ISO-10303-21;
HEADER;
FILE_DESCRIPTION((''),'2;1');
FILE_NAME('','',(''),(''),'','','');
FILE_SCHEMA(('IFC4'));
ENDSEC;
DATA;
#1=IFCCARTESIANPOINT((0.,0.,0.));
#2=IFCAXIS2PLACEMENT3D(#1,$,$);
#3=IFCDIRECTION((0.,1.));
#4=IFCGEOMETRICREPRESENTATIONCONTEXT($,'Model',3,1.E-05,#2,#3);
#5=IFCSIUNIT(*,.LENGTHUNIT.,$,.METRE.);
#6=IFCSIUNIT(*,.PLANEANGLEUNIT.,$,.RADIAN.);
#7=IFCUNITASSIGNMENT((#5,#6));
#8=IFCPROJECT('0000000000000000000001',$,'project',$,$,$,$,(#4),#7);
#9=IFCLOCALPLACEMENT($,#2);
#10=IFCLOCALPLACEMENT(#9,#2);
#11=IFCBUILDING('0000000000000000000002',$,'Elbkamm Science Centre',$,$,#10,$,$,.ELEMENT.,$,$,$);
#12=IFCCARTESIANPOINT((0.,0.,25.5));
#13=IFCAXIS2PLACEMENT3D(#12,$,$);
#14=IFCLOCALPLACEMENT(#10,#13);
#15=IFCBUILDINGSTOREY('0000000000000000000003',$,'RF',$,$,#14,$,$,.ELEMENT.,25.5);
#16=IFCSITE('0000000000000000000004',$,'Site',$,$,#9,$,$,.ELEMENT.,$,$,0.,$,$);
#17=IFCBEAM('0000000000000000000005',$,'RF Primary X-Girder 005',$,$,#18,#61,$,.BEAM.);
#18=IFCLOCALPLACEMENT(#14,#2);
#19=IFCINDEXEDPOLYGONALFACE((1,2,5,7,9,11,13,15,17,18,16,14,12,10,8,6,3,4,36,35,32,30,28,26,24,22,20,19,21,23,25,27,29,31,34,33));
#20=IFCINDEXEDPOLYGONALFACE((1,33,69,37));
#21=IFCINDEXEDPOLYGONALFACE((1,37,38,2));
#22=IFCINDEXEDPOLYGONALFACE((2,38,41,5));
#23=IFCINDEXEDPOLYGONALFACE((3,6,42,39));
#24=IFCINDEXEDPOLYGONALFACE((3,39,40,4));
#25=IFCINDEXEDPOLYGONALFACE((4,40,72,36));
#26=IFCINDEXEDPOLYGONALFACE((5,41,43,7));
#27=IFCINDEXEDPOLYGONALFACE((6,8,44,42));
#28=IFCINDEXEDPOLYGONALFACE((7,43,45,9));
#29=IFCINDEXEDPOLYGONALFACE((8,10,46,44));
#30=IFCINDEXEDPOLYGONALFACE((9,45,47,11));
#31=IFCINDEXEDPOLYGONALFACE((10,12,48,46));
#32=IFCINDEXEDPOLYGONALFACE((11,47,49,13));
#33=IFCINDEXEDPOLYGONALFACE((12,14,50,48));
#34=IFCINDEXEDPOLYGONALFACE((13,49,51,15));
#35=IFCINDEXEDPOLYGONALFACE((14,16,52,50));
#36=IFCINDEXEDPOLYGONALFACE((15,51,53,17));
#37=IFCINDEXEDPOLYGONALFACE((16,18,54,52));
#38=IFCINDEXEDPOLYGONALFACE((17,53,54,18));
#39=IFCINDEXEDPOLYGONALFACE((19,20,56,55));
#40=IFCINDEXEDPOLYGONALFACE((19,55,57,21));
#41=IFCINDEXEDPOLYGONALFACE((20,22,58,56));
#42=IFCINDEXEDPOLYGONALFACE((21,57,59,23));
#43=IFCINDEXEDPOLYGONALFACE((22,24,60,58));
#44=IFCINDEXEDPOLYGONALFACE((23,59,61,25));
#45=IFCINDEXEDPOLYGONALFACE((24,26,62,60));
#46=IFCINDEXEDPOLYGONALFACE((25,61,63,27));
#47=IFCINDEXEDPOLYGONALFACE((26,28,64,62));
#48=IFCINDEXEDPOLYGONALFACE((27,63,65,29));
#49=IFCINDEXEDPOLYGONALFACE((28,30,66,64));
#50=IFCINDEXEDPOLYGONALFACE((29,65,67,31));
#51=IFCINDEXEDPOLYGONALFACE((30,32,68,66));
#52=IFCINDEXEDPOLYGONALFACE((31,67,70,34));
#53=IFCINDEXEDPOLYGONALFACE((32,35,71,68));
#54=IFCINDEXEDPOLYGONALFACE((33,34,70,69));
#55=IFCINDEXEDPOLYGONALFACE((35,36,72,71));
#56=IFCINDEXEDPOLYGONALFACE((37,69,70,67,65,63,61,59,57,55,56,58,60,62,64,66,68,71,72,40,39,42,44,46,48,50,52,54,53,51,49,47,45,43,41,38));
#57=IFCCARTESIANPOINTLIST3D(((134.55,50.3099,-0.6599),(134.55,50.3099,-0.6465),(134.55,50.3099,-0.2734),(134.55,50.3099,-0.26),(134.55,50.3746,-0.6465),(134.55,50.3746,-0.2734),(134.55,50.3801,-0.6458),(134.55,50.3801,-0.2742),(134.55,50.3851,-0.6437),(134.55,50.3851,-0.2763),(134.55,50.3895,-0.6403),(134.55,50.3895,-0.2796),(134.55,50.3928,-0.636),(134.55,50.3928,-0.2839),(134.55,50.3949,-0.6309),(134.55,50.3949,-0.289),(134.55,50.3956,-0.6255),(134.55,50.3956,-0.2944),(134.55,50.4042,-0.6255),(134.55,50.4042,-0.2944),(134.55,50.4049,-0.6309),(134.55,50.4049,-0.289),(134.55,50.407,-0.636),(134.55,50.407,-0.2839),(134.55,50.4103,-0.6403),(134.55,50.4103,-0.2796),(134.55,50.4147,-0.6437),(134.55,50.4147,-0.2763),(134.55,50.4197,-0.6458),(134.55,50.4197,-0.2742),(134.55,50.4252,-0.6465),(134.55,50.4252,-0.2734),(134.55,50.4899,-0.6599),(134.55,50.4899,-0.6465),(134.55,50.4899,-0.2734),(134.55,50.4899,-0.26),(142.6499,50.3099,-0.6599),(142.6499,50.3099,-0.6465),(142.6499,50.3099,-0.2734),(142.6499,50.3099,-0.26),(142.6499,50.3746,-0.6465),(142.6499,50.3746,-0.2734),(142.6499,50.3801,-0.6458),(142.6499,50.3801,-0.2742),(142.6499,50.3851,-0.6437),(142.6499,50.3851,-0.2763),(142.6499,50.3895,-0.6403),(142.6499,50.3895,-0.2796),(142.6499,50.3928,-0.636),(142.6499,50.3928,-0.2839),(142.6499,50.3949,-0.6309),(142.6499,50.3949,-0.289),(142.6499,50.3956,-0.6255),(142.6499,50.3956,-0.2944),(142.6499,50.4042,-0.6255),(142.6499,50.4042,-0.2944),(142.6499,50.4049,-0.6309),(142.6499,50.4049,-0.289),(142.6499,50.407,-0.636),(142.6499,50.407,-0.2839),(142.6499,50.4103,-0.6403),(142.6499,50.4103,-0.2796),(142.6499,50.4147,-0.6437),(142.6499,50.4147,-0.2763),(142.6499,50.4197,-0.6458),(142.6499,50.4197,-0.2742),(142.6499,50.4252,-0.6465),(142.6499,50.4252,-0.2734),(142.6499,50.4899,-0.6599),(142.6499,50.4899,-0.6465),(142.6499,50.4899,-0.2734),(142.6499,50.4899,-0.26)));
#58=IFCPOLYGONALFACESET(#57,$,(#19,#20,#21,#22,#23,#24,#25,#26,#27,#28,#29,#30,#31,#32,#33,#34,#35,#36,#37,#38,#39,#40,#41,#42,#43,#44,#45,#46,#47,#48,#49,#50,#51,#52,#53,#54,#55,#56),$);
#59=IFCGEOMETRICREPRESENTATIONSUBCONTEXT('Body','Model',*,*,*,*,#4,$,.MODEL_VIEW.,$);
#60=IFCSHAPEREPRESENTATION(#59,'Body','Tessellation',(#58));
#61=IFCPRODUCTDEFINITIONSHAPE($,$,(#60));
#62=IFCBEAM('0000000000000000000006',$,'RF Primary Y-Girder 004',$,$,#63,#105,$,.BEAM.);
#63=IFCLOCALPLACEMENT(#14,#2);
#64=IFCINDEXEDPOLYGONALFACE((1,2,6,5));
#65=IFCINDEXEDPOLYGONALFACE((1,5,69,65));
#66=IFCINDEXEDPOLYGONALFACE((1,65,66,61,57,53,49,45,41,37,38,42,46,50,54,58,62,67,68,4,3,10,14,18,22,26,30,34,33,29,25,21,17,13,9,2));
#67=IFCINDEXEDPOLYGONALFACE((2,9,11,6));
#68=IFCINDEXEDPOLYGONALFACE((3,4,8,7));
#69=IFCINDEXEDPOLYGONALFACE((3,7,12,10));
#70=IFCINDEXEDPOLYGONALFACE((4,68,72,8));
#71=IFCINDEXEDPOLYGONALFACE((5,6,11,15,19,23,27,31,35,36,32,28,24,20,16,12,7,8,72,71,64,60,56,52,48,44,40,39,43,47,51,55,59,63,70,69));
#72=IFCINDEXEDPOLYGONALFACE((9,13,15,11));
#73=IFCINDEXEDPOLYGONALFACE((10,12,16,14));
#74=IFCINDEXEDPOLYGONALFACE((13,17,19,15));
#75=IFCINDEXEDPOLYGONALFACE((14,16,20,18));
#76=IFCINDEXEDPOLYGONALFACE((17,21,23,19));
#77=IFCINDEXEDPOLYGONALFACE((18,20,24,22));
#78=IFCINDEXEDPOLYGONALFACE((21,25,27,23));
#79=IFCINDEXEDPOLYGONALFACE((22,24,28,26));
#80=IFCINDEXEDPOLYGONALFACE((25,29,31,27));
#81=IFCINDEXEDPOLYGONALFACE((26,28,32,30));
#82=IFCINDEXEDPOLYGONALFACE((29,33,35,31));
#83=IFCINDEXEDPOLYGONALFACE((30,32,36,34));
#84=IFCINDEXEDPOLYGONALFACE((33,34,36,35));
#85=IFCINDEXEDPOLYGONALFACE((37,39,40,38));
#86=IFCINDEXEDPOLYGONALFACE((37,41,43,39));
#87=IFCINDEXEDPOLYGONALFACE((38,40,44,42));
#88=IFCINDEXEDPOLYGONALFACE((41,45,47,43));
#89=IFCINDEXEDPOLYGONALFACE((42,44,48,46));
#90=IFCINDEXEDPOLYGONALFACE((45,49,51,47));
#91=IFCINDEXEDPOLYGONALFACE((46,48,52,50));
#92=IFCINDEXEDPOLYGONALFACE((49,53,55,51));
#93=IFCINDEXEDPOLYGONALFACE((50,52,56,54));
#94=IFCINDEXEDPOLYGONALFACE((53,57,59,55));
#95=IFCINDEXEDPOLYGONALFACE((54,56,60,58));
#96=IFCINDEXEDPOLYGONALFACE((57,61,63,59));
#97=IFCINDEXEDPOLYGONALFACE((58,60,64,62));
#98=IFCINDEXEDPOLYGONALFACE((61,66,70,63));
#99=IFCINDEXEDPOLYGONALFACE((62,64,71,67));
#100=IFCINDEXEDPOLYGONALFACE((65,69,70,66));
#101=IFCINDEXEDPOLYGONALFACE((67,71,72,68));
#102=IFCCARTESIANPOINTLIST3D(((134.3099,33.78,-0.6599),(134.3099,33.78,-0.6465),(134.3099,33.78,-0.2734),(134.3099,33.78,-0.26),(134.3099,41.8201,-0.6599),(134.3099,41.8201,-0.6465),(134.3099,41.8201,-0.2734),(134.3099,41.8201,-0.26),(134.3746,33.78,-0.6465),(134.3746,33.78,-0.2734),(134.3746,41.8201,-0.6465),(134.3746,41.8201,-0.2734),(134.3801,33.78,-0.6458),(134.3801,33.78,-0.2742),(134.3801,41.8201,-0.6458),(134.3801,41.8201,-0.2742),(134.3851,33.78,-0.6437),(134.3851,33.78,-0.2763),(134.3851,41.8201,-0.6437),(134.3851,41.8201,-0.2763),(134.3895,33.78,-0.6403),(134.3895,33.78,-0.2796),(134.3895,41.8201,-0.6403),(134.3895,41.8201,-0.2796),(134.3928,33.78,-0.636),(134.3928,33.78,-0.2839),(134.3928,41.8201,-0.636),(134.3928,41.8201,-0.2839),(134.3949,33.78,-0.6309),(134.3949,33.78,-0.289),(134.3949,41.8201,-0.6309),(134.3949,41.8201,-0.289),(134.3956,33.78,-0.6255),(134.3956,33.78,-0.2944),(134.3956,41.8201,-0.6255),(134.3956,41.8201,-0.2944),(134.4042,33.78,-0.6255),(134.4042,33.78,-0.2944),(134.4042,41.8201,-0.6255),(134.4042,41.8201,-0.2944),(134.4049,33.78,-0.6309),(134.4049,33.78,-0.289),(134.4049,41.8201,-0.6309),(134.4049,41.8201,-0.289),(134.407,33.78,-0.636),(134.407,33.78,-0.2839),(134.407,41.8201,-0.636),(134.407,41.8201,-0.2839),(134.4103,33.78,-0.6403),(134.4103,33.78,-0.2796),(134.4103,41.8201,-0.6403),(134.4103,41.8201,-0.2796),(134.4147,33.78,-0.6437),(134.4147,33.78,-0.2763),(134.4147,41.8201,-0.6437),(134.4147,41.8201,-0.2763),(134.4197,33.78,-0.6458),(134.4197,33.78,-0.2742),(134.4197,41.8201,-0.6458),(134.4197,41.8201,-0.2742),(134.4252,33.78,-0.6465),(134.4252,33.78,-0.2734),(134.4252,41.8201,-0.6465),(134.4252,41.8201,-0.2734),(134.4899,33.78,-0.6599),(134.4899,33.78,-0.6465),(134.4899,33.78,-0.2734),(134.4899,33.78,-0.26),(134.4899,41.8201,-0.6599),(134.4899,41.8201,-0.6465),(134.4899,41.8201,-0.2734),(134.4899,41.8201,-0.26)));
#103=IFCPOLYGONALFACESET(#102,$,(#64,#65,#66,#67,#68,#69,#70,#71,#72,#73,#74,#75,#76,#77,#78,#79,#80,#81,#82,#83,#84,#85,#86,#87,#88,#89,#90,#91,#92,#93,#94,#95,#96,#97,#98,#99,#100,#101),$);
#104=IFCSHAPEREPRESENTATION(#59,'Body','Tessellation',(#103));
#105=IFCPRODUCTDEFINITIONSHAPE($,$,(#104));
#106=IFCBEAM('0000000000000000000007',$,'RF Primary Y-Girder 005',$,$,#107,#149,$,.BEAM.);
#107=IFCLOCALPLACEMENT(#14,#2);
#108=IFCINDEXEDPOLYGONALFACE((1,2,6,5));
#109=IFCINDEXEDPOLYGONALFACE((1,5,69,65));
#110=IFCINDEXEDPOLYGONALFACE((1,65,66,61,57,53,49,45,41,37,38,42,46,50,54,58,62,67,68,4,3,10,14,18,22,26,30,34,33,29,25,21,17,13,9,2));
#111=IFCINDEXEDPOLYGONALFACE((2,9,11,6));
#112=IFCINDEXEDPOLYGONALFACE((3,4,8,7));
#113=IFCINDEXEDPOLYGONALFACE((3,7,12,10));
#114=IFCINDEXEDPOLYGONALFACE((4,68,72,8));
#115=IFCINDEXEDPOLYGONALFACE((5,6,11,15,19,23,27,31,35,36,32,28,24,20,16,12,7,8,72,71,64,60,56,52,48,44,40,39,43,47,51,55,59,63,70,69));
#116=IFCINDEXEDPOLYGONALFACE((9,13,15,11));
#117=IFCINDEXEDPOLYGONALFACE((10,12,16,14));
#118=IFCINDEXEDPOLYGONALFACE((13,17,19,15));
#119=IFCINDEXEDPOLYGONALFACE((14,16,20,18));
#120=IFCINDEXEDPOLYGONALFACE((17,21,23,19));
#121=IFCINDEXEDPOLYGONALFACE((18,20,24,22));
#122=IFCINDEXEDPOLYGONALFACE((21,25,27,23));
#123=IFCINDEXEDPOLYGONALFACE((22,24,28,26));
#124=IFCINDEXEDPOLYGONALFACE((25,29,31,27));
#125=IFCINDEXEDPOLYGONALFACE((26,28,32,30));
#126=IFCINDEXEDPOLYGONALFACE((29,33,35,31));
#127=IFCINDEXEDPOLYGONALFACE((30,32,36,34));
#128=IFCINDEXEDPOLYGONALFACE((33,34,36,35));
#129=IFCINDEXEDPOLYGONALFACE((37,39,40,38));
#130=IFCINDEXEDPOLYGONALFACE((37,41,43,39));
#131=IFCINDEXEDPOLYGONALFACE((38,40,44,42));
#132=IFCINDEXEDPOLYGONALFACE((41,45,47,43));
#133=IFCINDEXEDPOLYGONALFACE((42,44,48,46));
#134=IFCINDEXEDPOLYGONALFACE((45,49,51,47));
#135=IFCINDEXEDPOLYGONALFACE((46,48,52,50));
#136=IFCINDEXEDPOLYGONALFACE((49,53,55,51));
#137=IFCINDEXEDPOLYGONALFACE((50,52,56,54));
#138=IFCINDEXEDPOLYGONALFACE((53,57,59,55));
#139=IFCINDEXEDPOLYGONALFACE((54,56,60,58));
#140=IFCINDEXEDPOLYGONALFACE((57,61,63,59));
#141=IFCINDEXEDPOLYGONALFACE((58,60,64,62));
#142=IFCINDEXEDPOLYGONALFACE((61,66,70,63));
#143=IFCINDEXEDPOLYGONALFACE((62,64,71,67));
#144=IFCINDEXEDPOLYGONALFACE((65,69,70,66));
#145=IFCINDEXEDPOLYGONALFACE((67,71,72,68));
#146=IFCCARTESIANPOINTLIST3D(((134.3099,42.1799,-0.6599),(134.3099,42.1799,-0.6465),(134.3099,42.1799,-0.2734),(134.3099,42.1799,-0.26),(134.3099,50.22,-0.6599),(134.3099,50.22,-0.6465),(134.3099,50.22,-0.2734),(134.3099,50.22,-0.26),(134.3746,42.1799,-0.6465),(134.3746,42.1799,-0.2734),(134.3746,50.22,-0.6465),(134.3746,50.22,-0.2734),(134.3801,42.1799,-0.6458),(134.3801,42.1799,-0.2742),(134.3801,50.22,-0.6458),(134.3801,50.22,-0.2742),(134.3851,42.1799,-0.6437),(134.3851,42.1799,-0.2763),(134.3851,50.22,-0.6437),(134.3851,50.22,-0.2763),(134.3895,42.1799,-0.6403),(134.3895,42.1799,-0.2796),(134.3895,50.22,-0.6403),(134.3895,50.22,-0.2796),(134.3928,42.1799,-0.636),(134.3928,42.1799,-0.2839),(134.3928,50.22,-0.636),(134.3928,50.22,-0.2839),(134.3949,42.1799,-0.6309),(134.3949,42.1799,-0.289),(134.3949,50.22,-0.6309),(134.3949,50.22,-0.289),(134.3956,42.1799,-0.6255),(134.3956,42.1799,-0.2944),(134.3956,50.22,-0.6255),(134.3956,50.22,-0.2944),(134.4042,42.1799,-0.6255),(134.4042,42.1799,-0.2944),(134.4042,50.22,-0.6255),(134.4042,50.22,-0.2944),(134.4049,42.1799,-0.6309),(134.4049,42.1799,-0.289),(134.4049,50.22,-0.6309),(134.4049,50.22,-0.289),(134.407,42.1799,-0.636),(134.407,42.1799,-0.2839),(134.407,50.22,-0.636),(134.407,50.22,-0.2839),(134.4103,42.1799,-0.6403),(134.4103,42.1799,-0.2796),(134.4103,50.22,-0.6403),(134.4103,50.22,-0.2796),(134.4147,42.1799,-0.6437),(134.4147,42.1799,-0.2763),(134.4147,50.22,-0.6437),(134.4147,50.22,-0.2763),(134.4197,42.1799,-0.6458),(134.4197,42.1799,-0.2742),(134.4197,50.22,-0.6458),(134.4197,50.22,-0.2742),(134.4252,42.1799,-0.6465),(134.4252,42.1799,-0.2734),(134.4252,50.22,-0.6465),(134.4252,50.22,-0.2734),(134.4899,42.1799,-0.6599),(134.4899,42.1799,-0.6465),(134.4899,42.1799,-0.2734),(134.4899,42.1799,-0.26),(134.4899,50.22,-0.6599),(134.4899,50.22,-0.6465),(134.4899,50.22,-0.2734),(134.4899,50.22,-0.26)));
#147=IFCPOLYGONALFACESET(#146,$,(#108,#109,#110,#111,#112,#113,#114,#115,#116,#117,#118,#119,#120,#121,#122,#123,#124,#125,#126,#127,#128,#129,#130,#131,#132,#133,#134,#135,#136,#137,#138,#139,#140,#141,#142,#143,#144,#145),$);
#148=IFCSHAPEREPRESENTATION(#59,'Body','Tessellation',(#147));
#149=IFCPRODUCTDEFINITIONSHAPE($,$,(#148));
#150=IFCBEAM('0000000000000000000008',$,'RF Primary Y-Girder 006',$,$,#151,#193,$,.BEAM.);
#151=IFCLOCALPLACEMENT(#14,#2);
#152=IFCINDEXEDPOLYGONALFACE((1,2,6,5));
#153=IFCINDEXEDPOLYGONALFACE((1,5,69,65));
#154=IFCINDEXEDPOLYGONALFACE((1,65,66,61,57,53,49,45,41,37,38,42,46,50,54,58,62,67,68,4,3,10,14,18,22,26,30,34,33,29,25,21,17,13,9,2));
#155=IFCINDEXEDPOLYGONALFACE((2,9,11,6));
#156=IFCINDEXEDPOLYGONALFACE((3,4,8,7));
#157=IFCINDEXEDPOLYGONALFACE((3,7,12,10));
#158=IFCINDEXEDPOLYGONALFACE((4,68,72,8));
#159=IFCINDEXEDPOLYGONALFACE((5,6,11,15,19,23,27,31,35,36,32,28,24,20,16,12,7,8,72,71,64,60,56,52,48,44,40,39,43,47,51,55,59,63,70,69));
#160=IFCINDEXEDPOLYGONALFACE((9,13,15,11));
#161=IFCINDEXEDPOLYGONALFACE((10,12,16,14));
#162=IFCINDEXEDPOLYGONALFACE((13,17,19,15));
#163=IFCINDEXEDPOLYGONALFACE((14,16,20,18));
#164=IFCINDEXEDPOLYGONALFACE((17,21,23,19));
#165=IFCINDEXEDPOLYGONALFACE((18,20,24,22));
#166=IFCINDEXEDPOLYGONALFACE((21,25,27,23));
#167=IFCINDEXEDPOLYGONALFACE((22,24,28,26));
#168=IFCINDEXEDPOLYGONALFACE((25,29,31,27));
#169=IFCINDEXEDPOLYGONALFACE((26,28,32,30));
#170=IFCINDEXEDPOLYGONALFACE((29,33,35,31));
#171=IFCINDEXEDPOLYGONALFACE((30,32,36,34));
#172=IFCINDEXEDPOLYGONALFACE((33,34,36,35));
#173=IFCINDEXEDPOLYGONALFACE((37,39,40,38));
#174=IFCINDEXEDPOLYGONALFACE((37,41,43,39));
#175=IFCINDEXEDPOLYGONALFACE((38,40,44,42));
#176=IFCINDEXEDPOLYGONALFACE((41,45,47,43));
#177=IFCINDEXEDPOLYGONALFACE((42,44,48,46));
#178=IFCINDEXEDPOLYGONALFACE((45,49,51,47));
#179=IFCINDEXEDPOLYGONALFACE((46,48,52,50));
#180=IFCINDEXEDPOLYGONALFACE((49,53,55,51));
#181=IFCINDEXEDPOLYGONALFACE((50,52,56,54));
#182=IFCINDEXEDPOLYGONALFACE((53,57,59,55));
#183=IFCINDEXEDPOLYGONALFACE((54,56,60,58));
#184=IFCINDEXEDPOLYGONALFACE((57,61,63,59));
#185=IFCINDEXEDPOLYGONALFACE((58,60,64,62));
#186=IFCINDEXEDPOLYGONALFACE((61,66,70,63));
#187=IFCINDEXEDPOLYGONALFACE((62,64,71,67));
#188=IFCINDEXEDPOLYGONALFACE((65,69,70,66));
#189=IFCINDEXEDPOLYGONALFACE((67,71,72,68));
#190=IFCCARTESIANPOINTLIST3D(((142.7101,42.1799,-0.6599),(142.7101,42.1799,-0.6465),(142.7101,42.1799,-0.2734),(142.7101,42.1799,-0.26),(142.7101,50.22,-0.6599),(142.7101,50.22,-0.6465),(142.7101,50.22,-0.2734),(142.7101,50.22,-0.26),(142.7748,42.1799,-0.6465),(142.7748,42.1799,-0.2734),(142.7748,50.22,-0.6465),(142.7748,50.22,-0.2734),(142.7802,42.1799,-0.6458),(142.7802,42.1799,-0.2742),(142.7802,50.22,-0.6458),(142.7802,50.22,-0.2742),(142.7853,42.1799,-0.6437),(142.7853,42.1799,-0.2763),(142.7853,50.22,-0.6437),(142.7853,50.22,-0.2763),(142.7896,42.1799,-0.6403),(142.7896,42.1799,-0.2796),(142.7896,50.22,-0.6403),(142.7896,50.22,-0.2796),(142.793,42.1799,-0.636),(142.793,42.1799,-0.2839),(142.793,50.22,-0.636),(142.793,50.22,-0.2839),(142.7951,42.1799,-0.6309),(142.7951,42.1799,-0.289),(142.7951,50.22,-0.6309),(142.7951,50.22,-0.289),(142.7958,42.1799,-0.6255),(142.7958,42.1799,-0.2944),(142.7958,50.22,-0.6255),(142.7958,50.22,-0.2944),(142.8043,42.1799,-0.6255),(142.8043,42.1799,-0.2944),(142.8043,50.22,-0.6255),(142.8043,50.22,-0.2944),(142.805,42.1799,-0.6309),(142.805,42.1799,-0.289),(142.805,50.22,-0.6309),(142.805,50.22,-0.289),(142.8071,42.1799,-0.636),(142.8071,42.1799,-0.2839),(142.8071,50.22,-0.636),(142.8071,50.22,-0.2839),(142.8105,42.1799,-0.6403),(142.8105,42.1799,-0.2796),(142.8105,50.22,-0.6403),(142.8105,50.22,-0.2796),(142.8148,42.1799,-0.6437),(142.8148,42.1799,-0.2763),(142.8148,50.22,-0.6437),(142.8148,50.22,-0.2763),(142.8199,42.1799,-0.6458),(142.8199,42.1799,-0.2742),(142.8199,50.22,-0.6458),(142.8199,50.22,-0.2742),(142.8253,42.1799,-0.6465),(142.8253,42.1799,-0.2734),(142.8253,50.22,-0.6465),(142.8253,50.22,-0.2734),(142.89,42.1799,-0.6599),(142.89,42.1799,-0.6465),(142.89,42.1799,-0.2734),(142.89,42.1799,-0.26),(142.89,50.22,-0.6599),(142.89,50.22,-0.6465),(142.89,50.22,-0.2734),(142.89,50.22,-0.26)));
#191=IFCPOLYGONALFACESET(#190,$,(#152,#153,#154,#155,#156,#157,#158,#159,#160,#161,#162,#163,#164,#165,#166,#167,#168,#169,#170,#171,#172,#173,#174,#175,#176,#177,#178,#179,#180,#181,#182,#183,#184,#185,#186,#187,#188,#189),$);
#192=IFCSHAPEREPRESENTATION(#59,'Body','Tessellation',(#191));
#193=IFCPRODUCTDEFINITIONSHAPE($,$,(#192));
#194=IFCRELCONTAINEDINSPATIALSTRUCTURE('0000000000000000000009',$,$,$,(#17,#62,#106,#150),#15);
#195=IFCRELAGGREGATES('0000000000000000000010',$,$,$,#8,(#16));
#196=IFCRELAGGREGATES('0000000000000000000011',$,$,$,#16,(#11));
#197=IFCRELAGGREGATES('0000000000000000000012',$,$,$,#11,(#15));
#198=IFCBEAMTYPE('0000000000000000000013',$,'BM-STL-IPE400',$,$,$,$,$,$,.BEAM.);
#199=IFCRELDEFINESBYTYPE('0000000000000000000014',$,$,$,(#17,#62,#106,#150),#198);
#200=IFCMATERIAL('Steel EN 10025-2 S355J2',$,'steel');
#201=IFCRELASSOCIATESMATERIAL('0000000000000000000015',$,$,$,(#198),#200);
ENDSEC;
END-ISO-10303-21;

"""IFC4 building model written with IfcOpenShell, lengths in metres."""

from ifc_helpers import new_model, si_unit, direction, frame, origin, origin_2d, place, context, subcontext, project, spatial, i_section, extrude, material, material_profile, profile_set, type_object, element, save


model = new_model("IFC4")

# Units and contexts
model_context = context("Model", 3, precision=1e-05, world=origin(), true_north=direction((0.0, 1.0)))
body_context = subcontext(model_context, "Body", "Model", "MODEL_VIEW")
ifc_project = project(units=[si_unit("LENGTHUNIT", "METRE"), si_unit("PLANEANGLEUNIT", "RADIAN")], contexts=[model_context])

# Site, building, storey
site_placement = place(None, origin())
site = spatial("IfcSite", under=ifc_project, at=site_placement, Name="Site", CompositionType="ELEMENT", RefElevation=0.0)
building_placement = place(site_placement, origin())
building = spatial("IfcBuilding", under=site, at=building_placement, Name="Elbkamm Science Centre", CompositionType="ELEMENT")
storey_placement = place(building_placement, frame((0.0, 0.0, 25.5)))
storey = spatial("IfcBuildingStorey", under=building, at=storey_placement, Name="RF", CompositionType="ELEMENT", Elevation=25.5)

# Beams
ifc_material_1 = material(Name="Steel EN 10025-2 S355J2", Category="steel")
ifc_material_profile_1 = material_profile(ifc_material_1, i_section(OverallWidth=0.1799, OverallDepth=0.3999, WebThickness=0.0085, FlangeThickness=0.0134, FilletRadius=0.021, at=origin_2d()), Name="IPE 400")
ifc_profile_set_1 = profile_set([ifc_material_profile_1], Name="Steel EN 10025-2 S355J2")
beam_type_1 = type_object("IfcBeamType", Name="BM-STL-IPE400", PredefinedType="BEAM", material=ifc_profile_set_1)
for number, where, z_axis, x_axis, name in (
    (1, (134.55, 50.3999, -0.46), (1.0, 0.0, 0.0), (0.0, 1.0, 0.0), "RF Primary X-Girder 005"),
):
    element("IfcBeam", number, at=place(storey_placement, frame(where, z_axis=z_axis, x_axis=x_axis)), inside=storey, type_object=beam_type_1, Name=name, PredefinedType="BEAM", context=body_context, shape_type="SweptSolid", body=[
        extrude(i_section(OverallWidth=0.1799, OverallDepth=0.3999, WebThickness=0.0085, FlangeThickness=0.0134, FilletRadius=0.021, at=origin_2d()), origin(), (0.0, 0.0, 1.0), 8.0999),
    ])
for number, where, z_axis, x_axis, name in (
    (2, (134.3999, 33.78, -0.46), (0.0, 1.0, 0.0), (-1.0, 0.0, 0.0), "RF Primary Y-Girder 004"),
    (3, (134.3999, 42.1799, -0.46), (0.0, 1.0, 0.0), (-1.0, 0.0, 0.0), "RF Primary Y-Girder 005"),
    (4, (142.8, 42.1799, -0.46), (0.0, 1.0, 0.0), (-1.0, 0.0, 0.0), "RF Primary Y-Girder 006"),
):
    element("IfcBeam", number, at=place(storey_placement, frame(where, z_axis=z_axis, x_axis=x_axis)), inside=storey, type_object=beam_type_1, Name=name, PredefinedType="BEAM", context=body_context, shape_type="SweptSolid", body=[
        extrude(i_section(OverallWidth=0.1799, OverallDepth=0.3999, WebThickness=0.0085, FlangeThickness=0.0134, FilletRadius=0.021, at=origin_2d()), origin(), (0.0, 0.0, 1.0), 8.04),
    ])

save(model, "model.ifc")
